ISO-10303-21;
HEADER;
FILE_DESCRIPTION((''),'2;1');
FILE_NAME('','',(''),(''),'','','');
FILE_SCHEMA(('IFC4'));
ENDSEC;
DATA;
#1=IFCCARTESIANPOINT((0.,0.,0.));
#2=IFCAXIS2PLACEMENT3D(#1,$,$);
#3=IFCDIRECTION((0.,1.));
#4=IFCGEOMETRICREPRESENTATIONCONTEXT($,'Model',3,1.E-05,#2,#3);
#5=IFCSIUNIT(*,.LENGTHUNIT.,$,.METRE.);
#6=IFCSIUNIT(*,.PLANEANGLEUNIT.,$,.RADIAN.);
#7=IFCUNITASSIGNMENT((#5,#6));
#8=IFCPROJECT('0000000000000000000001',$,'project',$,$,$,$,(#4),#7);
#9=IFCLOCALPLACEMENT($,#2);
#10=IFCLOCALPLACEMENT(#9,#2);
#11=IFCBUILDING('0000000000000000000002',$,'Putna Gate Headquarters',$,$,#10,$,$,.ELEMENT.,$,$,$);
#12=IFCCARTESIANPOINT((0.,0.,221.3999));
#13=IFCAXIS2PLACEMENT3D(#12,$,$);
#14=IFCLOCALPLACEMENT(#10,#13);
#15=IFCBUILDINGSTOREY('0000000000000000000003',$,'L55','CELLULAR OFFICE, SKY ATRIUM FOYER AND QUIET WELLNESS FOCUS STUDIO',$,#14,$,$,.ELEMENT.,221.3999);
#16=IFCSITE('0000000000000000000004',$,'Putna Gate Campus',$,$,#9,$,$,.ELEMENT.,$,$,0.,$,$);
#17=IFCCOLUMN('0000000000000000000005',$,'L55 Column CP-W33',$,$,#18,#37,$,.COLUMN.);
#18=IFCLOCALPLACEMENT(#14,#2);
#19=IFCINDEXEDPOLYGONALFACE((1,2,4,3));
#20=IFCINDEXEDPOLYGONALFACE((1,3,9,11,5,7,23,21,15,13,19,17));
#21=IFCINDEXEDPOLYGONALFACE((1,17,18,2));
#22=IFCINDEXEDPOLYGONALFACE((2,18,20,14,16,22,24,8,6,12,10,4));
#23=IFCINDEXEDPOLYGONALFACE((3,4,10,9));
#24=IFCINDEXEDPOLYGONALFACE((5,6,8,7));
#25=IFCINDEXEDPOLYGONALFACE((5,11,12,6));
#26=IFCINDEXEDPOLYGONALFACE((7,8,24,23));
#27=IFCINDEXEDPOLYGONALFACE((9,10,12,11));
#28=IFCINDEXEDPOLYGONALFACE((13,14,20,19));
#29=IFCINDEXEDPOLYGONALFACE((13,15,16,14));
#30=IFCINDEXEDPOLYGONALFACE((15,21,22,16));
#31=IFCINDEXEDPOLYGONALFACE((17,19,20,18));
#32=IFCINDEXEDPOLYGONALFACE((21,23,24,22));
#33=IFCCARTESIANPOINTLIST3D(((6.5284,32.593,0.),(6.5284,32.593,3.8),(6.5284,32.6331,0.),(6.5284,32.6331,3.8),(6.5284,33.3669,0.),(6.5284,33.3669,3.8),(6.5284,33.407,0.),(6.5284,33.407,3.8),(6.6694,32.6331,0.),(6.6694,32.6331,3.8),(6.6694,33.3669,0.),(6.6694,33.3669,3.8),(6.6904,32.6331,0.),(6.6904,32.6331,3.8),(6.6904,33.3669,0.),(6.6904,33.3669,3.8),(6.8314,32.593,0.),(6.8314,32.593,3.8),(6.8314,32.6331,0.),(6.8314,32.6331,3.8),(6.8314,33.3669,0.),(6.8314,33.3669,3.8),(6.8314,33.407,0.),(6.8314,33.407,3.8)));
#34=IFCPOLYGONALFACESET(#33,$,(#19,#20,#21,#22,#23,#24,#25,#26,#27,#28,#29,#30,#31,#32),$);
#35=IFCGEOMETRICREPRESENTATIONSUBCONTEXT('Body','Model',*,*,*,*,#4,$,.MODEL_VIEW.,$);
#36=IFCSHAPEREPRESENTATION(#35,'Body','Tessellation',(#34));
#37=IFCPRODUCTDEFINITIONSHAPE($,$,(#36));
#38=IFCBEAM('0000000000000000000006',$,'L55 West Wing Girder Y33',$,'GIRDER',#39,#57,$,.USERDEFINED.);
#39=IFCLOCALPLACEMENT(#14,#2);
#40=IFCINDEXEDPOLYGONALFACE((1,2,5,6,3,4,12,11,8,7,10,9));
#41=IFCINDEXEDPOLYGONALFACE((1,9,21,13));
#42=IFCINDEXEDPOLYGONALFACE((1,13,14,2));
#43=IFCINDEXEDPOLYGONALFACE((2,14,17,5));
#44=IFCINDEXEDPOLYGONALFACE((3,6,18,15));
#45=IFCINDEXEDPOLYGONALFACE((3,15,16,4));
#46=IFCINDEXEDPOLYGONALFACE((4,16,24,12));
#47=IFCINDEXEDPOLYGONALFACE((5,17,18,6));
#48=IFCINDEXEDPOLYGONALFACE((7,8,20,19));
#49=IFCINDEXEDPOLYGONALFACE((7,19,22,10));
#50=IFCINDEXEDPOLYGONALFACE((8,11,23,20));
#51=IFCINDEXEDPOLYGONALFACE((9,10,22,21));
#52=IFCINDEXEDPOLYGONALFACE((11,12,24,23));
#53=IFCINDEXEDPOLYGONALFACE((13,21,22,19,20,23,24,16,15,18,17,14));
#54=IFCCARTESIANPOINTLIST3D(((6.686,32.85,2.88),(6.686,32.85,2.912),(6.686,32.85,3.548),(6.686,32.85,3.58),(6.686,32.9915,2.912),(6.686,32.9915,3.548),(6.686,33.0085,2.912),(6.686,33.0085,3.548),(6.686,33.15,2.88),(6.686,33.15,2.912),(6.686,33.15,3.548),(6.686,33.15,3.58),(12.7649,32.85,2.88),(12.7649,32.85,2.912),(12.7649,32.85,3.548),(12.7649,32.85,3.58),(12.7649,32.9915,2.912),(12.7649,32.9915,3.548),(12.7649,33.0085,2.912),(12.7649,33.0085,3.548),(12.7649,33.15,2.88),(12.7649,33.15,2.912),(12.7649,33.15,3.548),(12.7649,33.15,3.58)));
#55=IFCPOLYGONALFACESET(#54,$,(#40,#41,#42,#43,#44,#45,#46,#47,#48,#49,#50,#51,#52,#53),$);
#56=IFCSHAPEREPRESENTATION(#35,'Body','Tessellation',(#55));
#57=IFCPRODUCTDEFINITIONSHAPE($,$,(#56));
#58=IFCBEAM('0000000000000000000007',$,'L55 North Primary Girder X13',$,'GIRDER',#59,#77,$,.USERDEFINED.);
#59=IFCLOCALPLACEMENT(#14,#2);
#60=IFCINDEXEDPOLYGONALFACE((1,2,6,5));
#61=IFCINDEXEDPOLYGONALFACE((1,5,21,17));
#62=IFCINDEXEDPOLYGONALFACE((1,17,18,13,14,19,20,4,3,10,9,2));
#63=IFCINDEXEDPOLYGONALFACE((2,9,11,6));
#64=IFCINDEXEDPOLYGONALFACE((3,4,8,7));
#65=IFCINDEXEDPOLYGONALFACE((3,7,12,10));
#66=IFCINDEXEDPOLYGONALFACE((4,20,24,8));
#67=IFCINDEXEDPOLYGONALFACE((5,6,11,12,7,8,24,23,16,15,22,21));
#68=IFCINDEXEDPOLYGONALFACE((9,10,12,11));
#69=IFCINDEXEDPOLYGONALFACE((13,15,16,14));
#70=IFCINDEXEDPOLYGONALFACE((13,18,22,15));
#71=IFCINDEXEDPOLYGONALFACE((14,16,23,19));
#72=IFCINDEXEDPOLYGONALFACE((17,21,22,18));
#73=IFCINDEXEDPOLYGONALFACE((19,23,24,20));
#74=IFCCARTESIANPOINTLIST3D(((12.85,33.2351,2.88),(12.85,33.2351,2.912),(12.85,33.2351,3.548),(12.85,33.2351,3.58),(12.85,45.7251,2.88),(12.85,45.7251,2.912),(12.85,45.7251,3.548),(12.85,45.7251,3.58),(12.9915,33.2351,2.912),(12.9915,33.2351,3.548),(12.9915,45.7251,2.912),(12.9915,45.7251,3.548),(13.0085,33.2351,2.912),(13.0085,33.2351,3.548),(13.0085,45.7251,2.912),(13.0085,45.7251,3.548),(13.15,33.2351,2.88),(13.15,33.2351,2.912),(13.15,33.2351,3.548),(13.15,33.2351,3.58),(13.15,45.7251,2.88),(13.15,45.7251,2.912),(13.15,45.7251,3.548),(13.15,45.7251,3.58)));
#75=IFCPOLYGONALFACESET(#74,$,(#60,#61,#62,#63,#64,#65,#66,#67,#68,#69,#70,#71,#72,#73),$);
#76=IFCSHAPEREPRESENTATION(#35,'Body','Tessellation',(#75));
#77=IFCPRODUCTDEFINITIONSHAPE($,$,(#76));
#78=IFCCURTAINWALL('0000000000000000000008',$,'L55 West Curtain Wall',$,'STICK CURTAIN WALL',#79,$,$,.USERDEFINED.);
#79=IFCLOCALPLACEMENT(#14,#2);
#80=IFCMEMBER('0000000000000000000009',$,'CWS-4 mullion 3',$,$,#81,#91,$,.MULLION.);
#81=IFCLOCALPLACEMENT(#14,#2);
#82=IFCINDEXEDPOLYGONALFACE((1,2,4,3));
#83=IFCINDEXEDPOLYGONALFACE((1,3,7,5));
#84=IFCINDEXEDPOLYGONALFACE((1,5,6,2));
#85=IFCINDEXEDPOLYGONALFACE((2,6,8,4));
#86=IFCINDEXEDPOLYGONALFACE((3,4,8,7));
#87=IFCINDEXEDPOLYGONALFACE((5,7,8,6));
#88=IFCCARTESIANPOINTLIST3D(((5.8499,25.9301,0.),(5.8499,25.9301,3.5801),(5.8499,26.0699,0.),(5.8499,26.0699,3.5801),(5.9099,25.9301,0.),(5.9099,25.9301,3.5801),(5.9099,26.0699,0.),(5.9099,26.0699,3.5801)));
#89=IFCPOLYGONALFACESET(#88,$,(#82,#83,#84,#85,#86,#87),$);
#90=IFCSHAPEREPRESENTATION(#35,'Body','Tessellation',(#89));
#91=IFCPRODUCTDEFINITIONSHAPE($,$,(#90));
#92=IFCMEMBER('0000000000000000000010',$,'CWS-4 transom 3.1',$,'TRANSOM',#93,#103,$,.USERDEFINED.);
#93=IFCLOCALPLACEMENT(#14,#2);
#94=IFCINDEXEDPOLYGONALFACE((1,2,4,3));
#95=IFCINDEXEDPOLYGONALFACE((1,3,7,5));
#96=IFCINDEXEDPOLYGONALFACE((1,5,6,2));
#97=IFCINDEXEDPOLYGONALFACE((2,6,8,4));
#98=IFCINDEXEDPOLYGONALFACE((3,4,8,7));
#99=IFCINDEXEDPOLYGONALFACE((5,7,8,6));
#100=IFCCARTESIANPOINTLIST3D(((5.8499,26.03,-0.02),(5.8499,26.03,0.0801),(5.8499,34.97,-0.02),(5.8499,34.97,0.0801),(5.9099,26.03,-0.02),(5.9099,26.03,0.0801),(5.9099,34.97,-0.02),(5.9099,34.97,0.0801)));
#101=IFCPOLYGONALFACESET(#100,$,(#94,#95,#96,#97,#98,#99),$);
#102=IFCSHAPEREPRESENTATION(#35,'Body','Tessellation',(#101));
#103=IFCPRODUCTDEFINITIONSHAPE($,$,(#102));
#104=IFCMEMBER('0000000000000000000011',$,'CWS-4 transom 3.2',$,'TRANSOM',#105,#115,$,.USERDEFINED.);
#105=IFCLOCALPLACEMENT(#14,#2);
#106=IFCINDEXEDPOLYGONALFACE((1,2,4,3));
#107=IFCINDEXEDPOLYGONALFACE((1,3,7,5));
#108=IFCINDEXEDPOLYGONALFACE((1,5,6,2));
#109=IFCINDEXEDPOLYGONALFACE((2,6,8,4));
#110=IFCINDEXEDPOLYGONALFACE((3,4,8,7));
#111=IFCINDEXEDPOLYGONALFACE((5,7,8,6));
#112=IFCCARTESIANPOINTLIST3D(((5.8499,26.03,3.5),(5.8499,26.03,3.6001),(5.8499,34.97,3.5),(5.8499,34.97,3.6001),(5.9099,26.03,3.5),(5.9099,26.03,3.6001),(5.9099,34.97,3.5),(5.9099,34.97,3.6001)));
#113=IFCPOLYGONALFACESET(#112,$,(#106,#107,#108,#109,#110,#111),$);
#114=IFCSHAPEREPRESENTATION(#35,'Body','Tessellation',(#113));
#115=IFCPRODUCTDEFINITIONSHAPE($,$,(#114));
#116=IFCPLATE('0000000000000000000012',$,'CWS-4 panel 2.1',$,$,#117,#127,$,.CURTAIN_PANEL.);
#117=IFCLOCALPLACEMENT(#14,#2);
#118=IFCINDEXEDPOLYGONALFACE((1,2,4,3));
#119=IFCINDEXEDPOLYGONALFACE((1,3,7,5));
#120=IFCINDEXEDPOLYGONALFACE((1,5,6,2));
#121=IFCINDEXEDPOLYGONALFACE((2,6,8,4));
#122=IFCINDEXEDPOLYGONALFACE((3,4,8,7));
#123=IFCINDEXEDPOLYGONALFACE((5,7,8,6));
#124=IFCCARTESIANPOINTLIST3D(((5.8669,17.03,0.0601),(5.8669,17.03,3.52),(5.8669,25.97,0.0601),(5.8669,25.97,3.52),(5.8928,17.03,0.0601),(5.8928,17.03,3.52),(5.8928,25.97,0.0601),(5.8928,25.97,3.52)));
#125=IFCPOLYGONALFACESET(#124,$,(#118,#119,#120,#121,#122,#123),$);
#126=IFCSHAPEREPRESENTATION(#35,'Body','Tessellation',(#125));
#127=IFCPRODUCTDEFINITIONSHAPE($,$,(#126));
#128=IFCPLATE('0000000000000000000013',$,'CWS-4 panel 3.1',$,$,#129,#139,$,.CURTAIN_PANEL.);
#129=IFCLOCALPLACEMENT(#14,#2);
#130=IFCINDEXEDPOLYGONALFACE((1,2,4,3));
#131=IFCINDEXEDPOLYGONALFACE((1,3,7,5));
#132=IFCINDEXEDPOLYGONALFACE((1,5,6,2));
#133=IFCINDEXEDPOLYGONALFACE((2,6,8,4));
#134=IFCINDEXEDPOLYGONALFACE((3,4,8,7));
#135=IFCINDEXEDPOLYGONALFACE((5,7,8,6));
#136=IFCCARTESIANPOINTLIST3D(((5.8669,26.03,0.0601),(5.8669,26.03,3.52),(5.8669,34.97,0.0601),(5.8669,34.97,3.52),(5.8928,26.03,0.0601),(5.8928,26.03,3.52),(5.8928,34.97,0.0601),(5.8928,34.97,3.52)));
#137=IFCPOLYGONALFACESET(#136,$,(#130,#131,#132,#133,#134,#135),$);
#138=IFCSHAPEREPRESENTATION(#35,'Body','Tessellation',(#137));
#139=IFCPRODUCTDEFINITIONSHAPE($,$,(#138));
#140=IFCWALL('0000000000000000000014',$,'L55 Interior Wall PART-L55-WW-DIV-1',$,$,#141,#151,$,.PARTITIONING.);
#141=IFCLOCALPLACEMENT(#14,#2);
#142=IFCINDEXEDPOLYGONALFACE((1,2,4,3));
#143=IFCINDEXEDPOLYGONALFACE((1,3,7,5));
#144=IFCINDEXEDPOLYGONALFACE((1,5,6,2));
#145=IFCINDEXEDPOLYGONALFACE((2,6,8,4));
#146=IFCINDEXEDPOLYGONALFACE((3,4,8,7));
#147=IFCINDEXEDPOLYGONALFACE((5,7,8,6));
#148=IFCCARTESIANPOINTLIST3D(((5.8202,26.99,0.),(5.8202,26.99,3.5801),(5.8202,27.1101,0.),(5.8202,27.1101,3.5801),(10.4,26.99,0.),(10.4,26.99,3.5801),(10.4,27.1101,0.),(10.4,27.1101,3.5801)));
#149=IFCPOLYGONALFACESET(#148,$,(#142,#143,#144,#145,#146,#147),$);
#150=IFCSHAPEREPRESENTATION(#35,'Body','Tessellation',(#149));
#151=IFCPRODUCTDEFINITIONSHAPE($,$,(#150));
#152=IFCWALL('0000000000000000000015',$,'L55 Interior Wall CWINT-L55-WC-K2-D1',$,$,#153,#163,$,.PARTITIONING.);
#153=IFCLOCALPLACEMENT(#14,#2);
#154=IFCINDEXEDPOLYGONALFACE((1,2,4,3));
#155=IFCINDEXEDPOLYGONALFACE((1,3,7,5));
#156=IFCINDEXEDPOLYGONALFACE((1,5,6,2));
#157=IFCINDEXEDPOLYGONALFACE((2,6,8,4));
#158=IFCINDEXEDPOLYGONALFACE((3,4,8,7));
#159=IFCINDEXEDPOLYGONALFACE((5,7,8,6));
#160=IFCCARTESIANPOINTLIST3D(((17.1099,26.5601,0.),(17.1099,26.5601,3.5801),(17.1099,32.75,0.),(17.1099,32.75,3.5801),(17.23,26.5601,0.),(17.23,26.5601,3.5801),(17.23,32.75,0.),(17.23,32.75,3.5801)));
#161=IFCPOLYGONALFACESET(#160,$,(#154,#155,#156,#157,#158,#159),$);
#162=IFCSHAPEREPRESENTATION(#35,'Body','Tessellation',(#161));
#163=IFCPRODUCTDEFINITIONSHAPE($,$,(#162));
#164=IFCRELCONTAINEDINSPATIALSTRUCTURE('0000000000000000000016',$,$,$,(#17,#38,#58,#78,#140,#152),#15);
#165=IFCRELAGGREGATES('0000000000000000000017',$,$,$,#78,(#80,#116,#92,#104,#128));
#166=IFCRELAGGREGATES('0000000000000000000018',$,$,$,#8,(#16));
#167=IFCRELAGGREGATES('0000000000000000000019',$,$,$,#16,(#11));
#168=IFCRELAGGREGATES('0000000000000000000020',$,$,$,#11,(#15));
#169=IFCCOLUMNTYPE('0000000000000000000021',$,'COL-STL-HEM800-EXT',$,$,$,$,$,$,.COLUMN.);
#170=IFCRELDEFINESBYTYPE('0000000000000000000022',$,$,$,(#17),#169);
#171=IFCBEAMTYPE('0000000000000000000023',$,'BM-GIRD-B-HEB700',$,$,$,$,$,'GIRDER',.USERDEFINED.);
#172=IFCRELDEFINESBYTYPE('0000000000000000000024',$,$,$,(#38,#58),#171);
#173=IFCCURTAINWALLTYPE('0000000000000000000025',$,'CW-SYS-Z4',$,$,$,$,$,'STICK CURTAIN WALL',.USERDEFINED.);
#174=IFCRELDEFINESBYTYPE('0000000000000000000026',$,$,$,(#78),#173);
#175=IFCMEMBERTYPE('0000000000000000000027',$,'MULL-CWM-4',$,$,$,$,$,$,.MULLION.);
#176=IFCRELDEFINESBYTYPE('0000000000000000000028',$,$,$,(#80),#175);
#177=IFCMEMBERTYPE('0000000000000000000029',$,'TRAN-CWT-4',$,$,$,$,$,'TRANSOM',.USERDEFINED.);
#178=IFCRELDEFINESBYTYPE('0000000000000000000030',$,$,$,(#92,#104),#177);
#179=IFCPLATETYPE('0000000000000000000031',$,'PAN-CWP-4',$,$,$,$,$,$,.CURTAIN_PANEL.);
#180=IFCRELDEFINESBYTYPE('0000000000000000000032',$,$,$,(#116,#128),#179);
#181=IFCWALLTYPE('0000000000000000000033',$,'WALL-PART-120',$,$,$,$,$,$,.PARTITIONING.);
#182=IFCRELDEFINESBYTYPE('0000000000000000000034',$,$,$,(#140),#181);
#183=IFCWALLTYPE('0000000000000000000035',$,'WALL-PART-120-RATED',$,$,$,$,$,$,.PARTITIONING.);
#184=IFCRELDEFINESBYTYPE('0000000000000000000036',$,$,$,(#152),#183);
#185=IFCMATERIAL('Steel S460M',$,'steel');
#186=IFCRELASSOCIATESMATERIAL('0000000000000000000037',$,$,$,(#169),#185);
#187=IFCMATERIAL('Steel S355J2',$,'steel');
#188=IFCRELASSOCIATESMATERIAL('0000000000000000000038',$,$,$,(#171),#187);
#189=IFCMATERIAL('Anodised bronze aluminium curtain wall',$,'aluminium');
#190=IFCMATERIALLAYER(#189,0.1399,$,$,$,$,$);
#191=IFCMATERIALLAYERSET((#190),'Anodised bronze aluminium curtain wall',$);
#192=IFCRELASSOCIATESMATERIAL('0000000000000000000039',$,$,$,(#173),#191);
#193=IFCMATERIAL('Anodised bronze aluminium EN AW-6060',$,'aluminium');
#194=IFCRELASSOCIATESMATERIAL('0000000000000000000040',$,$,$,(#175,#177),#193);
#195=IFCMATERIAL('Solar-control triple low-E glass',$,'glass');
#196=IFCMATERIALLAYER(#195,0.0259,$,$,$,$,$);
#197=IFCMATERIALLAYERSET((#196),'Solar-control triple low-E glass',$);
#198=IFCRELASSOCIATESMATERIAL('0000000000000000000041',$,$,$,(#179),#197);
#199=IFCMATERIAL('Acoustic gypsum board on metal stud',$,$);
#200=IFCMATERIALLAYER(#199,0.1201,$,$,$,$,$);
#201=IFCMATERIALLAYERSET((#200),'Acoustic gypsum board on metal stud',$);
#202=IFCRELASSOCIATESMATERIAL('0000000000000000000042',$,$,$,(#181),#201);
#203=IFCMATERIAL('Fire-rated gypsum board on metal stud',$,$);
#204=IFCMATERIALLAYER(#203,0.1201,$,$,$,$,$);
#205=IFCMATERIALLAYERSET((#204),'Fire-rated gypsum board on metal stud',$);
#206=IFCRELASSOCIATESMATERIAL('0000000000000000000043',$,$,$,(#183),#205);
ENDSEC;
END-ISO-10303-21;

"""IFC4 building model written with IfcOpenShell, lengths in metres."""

from ifc_helpers import new_model, si_unit, direction, frame, frame_2d, origin, origin_2d, place, context, subcontext, project, spatial, rectangle, i_section, extrude, material, layer, layer_set, material_profile, profile_set, type_object, element, aggregate, save


model = new_model("IFC4")

# Units and contexts
model_context = context("Model", 3, precision=1e-05, world=origin(), true_north=direction((0.0, 1.0)))
body_context = subcontext(model_context, "Body", "Model", "MODEL_VIEW")
ifc_project = project(units=[si_unit("LENGTHUNIT", "METRE"), si_unit("PLANEANGLEUNIT", "RADIAN")], contexts=[model_context])

# Site, building, storey
site_placement = place(None, origin())
site = spatial("IfcSite", under=ifc_project, at=site_placement, Name="Putna Gate Campus", CompositionType="ELEMENT", RefElevation=0.0)
building_placement = place(site_placement, origin())
building = spatial("IfcBuilding", under=site, at=building_placement, Name="Putna Gate Headquarters", CompositionType="ELEMENT")
storey_placement = place(building_placement, frame((0.0, 0.0, 221.3999)))
storey = spatial("IfcBuildingStorey", under=building, at=storey_placement, Name="L55", Description="CELLULAR OFFICE, SKY ATRIUM FOYER AND QUIET WELLNESS FOCUS STUDIO", CompositionType="ELEMENT", Elevation=221.3999)

# Column
ifc_material_1 = material(Name="Steel S460M", Category="steel")
ifc_material_profile_1 = material_profile(ifc_material_1, i_section(OverallWidth=0.303, OverallDepth=0.814, WebThickness=0.021, FlangeThickness=0.04, at=origin_2d()), Name="Steel S460M")
ifc_profile_set_1 = profile_set([ifc_material_profile_1], Name="Steel S460M")
column_type = type_object("IfcColumnType", Name="COL-STL-HEM800-EXT", PredefinedType="COLUMN", material=ifc_profile_set_1)
column_placement = place(storey_placement, frame((6.6799, 33.0, 0.0), z_axis=(0.0, 0.0, 1.0), x_axis=(1.0, 0.0, 0.0)))
element("IfcColumn", 1, at=column_placement, inside=storey, type_object=column_type, Name="L55 Column CP-W33", PredefinedType="COLUMN", context=body_context, shape_type="SweptSolid", body=[
    extrude(i_section(OverallWidth=0.303, OverallDepth=0.814, WebThickness=0.021, FlangeThickness=0.04, at=origin_2d()), origin(), (0.0, 0.0, 1.0), 3.8),
])

# Beams
ifc_material_2 = material(Name="Steel S355J2", Category="steel")
ifc_material_profile_2 = material_profile(ifc_material_2, i_section(OverallWidth=0.3, OverallDepth=0.7, WebThickness=0.0171, FlangeThickness=0.032, at=origin_2d()), Name="Steel S355J2")
ifc_profile_set_2 = profile_set([ifc_material_profile_2], Name="Steel S355J2")
beam_type = type_object("IfcBeamType", Name="BM-GIRD-B-HEB700", ElementType="GIRDER", PredefinedType="USERDEFINED", material=ifc_profile_set_2)
beam_1_placement = place(storey_placement, frame((6.686, 33.0, 3.23), z_axis=(1.0, 0.0, 0.0), x_axis=(0.0, 1.0, 0.0)))
element("IfcBeam", 2, at=beam_1_placement, inside=storey, type_object=beam_type, Name="L55 West Wing Girder Y33", ObjectType="GIRDER", PredefinedType="USERDEFINED", context=body_context, shape_type="SweptSolid", body=[
    extrude(i_section(OverallWidth=0.3, OverallDepth=0.7, WebThickness=0.0171, FlangeThickness=0.032, at=origin_2d()), origin(), (0.0, 0.0, 1.0), 6.0789),
])
beam_2_placement = place(storey_placement, frame((13.0, 33.2351, 3.23), z_axis=(0.0, 1.0, 0.0), x_axis=(-1.0, 0.0, 0.0)))
element("IfcBeam", 3, at=beam_2_placement, inside=storey, type_object=beam_type, Name="L55 North Primary Girder X13", ObjectType="GIRDER", PredefinedType="USERDEFINED", context=body_context, shape_type="SweptSolid", body=[
    extrude(i_section(OverallWidth=0.3, OverallDepth=0.7, WebThickness=0.0171, FlangeThickness=0.032, at=origin_2d()), origin(), (0.0, 0.0, 1.0), 12.49),
])

# Curtain wall, members, plates
ifc_material_3 = material(Name="Anodised bronze aluminium curtain wall", Category="aluminium")
ifc_layer_1 = layer(ifc_material_3, 0.1399)
ifc_layer_set_1 = layer_set([ifc_layer_1], Name="Anodised bronze aluminium curtain wall")
curtain_wall_type = type_object("IfcCurtainWallType", Name="CW-SYS-Z4", ElementType="STICK CURTAIN WALL", PredefinedType="USERDEFINED", material=ifc_layer_set_1)
curtain_wall_placement = place(storey_placement, origin())
curtain_wall = element("IfcCurtainWall", 4, at=curtain_wall_placement, inside=storey, type_object=curtain_wall_type, Name="L55 West Curtain Wall", ObjectType="STICK CURTAIN WALL", PredefinedType="USERDEFINED")
ifc_material_4 = material(Name="Anodised bronze aluminium EN AW-6060", Category="aluminium")
ifc_material_profile_3 = material_profile(ifc_material_4, rectangle(XDim=0.0601, YDim=0.1399, at=origin_2d()), Name="Anodised bronze aluminium EN AW-6060")
ifc_profile_set_3 = profile_set([ifc_material_profile_3], Name="Anodised bronze aluminium EN AW-6060")
member_type_1 = type_object("IfcMemberType", Name="MULL-CWM-4", PredefinedType="MULLION", material=ifc_profile_set_3)
member_1_placement = place(storey_placement, frame((5.8799, 26.0, 0.0), z_axis=(0.0, 0.0, 1.0), x_axis=(-1.0, 0.0, 0.0)))
member_1 = element("IfcMember", 5, at=member_1_placement, type_object=member_type_1, Name="CWS-4 mullion 3", PredefinedType="MULLION", context=body_context, shape_type="SweptSolid", body=[
    extrude(rectangle(XDim=0.0601, YDim=0.1399, at=origin_2d()), origin(), (0.0, 0.0, 1.0), 3.5801),
])
ifc_material_profile_4 = material_profile(ifc_material_4, rectangle(XDim=0.0601, YDim=0.1001, at=origin_2d()), Name="Anodised bronze aluminium EN AW-6060")
ifc_profile_set_4 = profile_set([ifc_material_profile_4], Name="Anodised bronze aluminium EN AW-6060")
member_type_2 = type_object("IfcMemberType", Name="TRAN-CWT-4", ElementType="TRANSOM", PredefinedType="USERDEFINED", material=ifc_profile_set_4)
member_2_placement = place(storey_placement, frame((5.8799, 26.03, 0.03), z_axis=(0.0, 1.0, 0.0), x_axis=(-1.0, 0.0, 0.0)))
member_2 = element("IfcMember", 6, at=member_2_placement, type_object=member_type_2, Name="CWS-4 transom 3.1", ObjectType="TRANSOM", PredefinedType="USERDEFINED", context=body_context, shape_type="SweptSolid", body=[
    extrude(rectangle(XDim=0.0601, YDim=0.1001, at=origin_2d()), origin(), (0.0, 0.0, 1.0), 8.9399),
])
member_3_placement = place(storey_placement, frame((5.8799, 26.03, 3.55), z_axis=(0.0, 1.0, 0.0), x_axis=(-1.0, 0.0, 0.0)))
member_3 = element("IfcMember", 7, at=member_3_placement, type_object=member_type_2, Name="CWS-4 transom 3.2", ObjectType="TRANSOM", PredefinedType="USERDEFINED", context=body_context, shape_type="SweptSolid", body=[
    extrude(rectangle(XDim=0.0601, YDim=0.1001, at=origin_2d()), origin(), (0.0, 0.0, 1.0), 8.9399),
])
ifc_material_5 = material(Name="Solar-control triple low-E glass", Category="glass")
ifc_layer_2 = layer(ifc_material_5, 0.0259)
ifc_layer_set_2 = layer_set([ifc_layer_2], Name="Solar-control triple low-E glass")
plate_type = type_object("IfcPlateType", Name="PAN-CWP-4", PredefinedType="CURTAIN_PANEL", material=ifc_layer_set_2)
plate_1_placement = place(storey_placement, frame((5.8799, 21.5, 0.0601), z_axis=(0.0, 0.0, 1.0), x_axis=(0.0, 1.0, 0.0)))
plate_1 = element("IfcPlate", 8, at=plate_1_placement, type_object=plate_type, Name="CWS-4 panel 2.1", PredefinedType="CURTAIN_PANEL", context=body_context, shape_type="SweptSolid", body=[
    extrude(rectangle(XDim=8.9399, YDim=0.0259, at=origin_2d()), origin(), (0.0, 0.0, 1.0), 3.46),
])
plate_2_placement = place(storey_placement, frame((5.8799, 30.5, 0.0601), z_axis=(0.0, 0.0, 1.0), x_axis=(0.0, 1.0, 0.0)))
plate_2 = element("IfcPlate", 9, at=plate_2_placement, type_object=plate_type, Name="CWS-4 panel 3.1", PredefinedType="CURTAIN_PANEL", context=body_context, shape_type="SweptSolid", body=[
    extrude(rectangle(XDim=8.9399, YDim=0.0259, at=origin_2d()), origin(), (0.0, 0.0, 1.0), 3.46),
])
aggregate(curtain_wall, [member_1, plate_1, member_2, member_3, plate_2])

# Walls
ifc_material_6 = material(Name="Acoustic gypsum board on metal stud")
ifc_layer_3 = layer(ifc_material_6, 0.1201)
ifc_layer_set_3 = layer_set([ifc_layer_3], Name="Acoustic gypsum board on metal stud")
wall_type_1 = type_object("IfcWallType", Name="WALL-PART-120", PredefinedType="PARTITIONING", material=ifc_layer_set_3)
wall_1_placement = place(storey_placement, frame((5.8201, 27.05, 0.0), z_axis=(0.0, 0.0, 1.0), x_axis=(1.0, 0.0, 0.0)))
element("IfcWall", 10, at=wall_1_placement, inside=storey, type_object=wall_type_1, Name="L55 Interior Wall PART-L55-WW-DIV-1", PredefinedType="PARTITIONING", context=body_context, shape_type="SweptSolid", body=[
    extrude(rectangle(XDim=4.5798, YDim=0.1201, at=frame_2d((2.29, 0.0))), origin(), (0.0, 0.0, 1.0), 3.5801),
])
ifc_material_7 = material(Name="Fire-rated gypsum board on metal stud")
ifc_layer_4 = layer(ifc_material_7, 0.1201)
ifc_layer_set_4 = layer_set([ifc_layer_4], Name="Fire-rated gypsum board on metal stud")
wall_type_2 = type_object("IfcWallType", Name="WALL-PART-120-RATED", PredefinedType="PARTITIONING", material=ifc_layer_set_4)
wall_2_placement = place(storey_placement, frame((17.1699, 26.5601, 0.0), z_axis=(0.0, 0.0, 1.0), x_axis=(0.0, 1.0, 0.0)))
element("IfcWall", 11, at=wall_2_placement, inside=storey, type_object=wall_type_2, Name="L55 Interior Wall CWINT-L55-WC-K2-D1", PredefinedType="PARTITIONING", context=body_context, shape_type="SweptSolid", body=[
    extrude(rectangle(XDim=6.1899, YDim=0.1201, at=frame_2d((3.095, 0.0))), origin(), (0.0, 0.0, 1.0), 3.5801),
])

save(model, "model.ifc")
